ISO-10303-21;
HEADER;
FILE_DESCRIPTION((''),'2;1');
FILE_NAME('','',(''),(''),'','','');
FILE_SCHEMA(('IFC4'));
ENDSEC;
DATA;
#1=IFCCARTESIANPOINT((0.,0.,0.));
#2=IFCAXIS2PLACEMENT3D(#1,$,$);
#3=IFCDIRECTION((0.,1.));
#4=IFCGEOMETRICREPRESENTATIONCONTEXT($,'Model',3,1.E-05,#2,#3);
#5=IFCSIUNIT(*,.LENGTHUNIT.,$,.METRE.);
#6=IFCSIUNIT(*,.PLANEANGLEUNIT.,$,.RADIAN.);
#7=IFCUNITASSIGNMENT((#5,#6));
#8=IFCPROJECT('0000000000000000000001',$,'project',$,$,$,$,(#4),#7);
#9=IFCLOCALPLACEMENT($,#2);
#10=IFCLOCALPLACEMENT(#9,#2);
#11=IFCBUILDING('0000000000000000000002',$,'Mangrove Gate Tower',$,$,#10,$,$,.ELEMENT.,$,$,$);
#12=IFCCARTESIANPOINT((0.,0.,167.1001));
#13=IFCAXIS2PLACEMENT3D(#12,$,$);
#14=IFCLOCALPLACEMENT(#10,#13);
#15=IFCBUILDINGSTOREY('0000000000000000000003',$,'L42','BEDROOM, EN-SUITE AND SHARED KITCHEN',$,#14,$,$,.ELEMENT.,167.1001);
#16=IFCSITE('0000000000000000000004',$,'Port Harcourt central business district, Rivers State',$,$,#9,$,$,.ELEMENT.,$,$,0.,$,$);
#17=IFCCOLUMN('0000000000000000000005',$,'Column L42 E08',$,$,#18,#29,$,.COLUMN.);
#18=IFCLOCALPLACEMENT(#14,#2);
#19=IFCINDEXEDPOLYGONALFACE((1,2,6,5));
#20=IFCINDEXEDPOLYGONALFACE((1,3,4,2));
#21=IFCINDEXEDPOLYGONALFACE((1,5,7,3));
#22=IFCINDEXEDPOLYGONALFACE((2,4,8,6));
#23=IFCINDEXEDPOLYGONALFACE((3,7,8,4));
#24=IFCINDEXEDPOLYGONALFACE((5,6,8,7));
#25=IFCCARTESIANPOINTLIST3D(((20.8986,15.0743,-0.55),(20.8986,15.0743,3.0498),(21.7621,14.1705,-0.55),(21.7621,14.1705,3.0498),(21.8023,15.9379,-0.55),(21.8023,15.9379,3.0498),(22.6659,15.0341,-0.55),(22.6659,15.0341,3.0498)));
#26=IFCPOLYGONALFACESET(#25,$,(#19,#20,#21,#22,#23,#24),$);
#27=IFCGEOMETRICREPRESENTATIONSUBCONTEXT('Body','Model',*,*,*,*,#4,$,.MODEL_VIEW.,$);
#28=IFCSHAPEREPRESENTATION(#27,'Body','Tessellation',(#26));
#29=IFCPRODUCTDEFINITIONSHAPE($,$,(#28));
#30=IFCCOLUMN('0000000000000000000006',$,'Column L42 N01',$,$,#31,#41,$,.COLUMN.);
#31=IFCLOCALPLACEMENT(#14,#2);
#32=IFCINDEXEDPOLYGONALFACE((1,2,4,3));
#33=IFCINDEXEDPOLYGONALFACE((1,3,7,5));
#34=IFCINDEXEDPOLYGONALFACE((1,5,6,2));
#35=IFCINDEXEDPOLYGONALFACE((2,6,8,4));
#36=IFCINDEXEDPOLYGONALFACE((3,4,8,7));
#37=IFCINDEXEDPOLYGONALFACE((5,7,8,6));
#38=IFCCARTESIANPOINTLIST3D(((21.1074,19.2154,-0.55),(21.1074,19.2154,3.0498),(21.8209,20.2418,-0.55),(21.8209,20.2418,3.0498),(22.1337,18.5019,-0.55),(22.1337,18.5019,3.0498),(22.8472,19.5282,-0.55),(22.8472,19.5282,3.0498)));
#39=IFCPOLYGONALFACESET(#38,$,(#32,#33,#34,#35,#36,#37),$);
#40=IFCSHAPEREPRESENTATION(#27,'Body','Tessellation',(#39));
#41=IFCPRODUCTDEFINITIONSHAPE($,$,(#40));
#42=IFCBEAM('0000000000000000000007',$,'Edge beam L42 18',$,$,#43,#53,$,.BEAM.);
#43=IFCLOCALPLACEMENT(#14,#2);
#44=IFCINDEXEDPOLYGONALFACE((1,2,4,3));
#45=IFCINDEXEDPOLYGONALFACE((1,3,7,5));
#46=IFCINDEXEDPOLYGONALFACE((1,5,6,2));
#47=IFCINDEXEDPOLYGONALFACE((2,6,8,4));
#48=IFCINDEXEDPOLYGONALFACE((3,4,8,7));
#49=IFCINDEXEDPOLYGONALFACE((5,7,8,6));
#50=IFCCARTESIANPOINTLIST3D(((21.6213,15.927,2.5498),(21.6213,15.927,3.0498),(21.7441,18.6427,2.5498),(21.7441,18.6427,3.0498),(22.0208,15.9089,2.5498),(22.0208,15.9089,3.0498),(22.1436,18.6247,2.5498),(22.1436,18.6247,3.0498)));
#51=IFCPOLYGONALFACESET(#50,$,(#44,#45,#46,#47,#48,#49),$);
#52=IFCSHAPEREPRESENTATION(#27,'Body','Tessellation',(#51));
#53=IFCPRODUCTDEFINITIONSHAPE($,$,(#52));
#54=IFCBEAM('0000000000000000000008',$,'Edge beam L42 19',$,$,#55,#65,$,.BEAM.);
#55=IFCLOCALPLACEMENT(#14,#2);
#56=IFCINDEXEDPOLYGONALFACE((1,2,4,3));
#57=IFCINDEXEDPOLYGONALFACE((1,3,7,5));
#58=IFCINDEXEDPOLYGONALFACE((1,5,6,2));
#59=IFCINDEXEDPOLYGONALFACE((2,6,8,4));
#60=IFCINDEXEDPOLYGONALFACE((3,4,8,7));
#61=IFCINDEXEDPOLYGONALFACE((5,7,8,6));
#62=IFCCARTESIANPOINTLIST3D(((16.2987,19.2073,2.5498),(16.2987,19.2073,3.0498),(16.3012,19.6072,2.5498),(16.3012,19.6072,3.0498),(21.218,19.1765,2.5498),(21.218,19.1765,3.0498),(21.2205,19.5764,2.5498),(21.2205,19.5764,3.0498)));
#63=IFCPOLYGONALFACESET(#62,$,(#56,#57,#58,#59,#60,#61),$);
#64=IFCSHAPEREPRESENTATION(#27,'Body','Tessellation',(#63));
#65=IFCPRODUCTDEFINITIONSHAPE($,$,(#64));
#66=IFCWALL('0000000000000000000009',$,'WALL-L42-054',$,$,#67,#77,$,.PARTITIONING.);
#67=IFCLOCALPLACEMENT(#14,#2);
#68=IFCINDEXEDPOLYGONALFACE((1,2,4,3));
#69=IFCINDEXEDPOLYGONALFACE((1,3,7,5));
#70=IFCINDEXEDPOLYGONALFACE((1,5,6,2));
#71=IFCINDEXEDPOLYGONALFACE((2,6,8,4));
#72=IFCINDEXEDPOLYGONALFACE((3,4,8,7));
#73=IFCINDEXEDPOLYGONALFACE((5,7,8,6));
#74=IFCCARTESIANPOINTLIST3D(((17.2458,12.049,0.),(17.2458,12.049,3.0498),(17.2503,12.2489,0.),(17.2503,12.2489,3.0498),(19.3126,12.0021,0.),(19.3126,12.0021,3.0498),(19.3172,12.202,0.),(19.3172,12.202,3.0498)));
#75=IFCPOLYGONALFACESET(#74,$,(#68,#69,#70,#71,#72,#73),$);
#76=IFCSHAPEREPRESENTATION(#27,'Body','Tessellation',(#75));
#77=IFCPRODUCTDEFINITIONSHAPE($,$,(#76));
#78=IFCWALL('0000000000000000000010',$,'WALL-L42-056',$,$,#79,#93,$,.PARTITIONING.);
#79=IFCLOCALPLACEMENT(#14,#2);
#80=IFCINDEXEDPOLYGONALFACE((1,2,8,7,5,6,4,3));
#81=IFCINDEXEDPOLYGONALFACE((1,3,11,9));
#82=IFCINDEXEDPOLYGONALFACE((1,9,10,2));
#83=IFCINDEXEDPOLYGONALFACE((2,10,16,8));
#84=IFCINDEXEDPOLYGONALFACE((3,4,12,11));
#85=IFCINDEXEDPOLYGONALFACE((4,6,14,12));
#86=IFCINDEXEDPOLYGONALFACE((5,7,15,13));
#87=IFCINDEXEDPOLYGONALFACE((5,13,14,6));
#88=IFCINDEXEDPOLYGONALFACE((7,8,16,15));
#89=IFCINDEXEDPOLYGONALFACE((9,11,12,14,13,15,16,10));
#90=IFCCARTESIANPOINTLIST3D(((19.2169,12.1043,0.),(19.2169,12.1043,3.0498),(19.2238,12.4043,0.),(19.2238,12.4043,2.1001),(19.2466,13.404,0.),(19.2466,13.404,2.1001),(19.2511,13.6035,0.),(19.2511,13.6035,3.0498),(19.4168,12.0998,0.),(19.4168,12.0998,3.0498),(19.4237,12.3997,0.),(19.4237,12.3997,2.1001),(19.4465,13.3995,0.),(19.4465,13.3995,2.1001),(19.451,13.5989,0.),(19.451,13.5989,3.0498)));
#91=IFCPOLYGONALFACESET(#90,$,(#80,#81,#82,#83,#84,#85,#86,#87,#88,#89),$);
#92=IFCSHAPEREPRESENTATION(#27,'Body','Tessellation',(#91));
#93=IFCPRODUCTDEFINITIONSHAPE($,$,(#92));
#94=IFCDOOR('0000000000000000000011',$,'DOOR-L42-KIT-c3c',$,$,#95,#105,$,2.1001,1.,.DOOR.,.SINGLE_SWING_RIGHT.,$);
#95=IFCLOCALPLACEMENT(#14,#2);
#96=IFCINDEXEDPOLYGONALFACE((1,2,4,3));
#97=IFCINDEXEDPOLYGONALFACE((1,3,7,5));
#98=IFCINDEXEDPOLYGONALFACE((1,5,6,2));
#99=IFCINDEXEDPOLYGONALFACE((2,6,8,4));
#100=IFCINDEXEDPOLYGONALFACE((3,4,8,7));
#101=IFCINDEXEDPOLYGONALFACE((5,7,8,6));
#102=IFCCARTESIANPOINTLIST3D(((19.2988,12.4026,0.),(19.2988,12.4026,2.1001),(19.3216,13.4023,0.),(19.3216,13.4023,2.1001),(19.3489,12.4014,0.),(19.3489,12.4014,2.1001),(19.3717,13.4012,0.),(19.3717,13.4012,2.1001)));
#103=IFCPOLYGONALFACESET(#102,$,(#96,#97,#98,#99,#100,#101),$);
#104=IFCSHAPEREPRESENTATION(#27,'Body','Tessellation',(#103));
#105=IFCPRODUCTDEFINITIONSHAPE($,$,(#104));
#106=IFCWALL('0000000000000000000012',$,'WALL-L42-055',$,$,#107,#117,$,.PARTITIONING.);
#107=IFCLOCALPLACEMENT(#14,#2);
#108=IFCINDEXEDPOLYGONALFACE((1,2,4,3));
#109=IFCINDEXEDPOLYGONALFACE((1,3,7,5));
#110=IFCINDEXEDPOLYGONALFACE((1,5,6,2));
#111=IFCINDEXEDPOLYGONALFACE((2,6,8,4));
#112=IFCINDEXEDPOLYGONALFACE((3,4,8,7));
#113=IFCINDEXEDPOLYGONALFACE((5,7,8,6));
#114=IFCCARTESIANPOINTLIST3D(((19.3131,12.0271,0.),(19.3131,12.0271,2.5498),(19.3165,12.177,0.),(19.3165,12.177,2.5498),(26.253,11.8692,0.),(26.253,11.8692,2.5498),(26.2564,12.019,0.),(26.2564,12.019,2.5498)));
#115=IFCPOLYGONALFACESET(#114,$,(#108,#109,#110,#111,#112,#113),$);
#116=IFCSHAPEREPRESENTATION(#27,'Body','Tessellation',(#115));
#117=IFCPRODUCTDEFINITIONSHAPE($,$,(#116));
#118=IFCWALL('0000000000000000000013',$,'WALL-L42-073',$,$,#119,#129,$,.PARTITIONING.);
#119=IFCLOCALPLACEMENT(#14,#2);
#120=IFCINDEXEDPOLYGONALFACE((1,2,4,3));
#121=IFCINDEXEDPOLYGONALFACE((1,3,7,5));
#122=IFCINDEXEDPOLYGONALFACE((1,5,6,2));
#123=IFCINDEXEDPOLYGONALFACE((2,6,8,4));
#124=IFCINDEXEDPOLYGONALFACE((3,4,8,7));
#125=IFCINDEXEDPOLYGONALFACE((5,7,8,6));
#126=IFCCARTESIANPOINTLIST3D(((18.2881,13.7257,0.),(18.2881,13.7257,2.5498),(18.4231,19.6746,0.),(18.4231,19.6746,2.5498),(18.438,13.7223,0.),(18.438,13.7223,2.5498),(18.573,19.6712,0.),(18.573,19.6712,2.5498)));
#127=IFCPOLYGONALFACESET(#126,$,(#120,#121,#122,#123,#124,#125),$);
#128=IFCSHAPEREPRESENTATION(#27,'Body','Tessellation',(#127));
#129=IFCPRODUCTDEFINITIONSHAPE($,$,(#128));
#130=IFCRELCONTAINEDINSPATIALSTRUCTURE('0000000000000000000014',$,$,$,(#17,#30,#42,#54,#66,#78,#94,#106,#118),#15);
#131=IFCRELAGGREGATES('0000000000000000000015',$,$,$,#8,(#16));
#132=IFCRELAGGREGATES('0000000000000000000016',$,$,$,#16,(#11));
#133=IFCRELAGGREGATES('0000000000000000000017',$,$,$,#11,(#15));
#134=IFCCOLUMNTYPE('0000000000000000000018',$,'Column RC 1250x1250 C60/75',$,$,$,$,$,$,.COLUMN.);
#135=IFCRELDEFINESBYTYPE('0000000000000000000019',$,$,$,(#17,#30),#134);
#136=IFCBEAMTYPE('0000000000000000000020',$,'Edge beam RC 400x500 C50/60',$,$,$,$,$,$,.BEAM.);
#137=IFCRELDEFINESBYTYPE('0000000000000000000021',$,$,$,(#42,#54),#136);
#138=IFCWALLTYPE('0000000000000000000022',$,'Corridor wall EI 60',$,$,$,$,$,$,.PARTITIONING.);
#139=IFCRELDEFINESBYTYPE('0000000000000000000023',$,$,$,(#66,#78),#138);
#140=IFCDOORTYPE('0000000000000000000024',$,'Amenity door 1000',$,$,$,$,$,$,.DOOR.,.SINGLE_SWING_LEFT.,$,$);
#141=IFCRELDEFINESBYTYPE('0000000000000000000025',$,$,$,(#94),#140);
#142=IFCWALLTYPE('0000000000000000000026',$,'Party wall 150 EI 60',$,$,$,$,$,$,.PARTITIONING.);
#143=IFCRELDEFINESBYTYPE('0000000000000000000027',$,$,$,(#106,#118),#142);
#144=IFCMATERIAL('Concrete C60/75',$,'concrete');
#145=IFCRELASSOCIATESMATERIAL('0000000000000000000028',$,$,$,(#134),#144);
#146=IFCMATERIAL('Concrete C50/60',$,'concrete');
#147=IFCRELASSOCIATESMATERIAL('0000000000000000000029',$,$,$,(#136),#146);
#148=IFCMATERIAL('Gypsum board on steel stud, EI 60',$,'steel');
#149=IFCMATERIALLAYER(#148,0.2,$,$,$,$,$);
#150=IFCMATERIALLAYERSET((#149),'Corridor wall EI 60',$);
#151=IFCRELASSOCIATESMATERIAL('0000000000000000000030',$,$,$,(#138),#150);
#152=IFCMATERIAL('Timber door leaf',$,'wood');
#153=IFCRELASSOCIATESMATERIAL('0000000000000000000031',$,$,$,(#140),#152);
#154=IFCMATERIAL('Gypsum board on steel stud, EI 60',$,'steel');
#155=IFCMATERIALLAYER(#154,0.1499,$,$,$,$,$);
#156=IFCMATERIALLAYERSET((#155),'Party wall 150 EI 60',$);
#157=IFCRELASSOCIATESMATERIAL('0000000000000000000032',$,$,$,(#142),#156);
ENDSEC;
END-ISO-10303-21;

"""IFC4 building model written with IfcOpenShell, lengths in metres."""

from ifc_helpers import new_model, si_unit, direction, frame, frame_2d, origin, origin_2d, place, context, subcontext, project, spatial, rectangle, extrude, material, layer, layer_set, material_profile, profile_set, type_object, element, fill, save


model = new_model("IFC4")

# Units and contexts
model_context = context("Model", 3, precision=1e-05, world=origin(), true_north=direction((0.0, 1.0)))
body_context = subcontext(model_context, "Body", "Model", "MODEL_VIEW")
ifc_project = project(units=[si_unit("LENGTHUNIT", "METRE"), si_unit("PLANEANGLEUNIT", "RADIAN")], contexts=[model_context])

# Site, building, storey
site_placement = place(None, origin())
site = spatial("IfcSite", under=ifc_project, at=site_placement, Name="Port Harcourt central business district, Rivers State", CompositionType="ELEMENT", RefElevation=0.0)
building_placement = place(site_placement, origin())
building = spatial("IfcBuilding", under=site, at=building_placement, Name="Mangrove Gate Tower", CompositionType="ELEMENT")
storey_placement = place(building_placement, frame((0.0, 0.0, 167.1001)))
storey = spatial("IfcBuildingStorey", under=building, at=storey_placement, Name="L42", Description="BEDROOM, EN-SUITE AND SHARED KITCHEN", CompositionType="ELEMENT", Elevation=167.1001)

# Columns
ifc_material_1 = material(Name="Concrete C60/75", Category="concrete")
ifc_material_profile_1 = material_profile(ifc_material_1, rectangle(XDim=1.25, YDim=1.25, at=origin_2d()))
ifc_profile_set_1 = profile_set([ifc_material_profile_1], Name="Concrete C60/75")
column_type = type_object("IfcColumnType", Name="Column RC 1250x1250 C60/75", PredefinedType="COLUMN", material=ifc_profile_set_1)
for number, where, z_axis, x_axis, name in (
    (1, (21.7822, 15.0542, -0.55), (0.0, 0.0, 1.0), (-0.690854, 0.722994, 0.0), "Column L42 E08"),
    (2, (21.9773, 19.3718, -0.55), (0.0, 0.0, 1.0), (-0.821084, 0.570807, 0.0), "Column L42 N01"),
):
    element("IfcColumn", number, at=place(storey_placement, frame(where, z_axis=z_axis, x_axis=x_axis)), inside=storey, type_object=column_type, Name=name, PredefinedType="COLUMN", context=body_context, shape_type="SweptSolid", body=[
        extrude(rectangle(XDim=1.25, YDim=1.25, at=origin_2d()), origin(), (0.0, 0.0, 1.0), 3.5999),
    ])

# Beams
ifc_material_2 = material(Name="Concrete C50/60", Category="concrete")
ifc_material_profile_2 = material_profile(ifc_material_2, rectangle(XDim=0.3999, YDim=0.5, at=origin_2d()))
ifc_profile_set_2 = profile_set([ifc_material_profile_2], Name="Concrete C50/60")
beam_type = type_object("IfcBeamType", Name="Edge beam RC 400x500 C50/60", PredefinedType="BEAM", material=ifc_profile_set_2)
beam_1_placement = place(storey_placement, frame((21.821, 15.918, 2.7998), z_axis=(0.045171, 0.998979, 0.0), x_axis=(-0.998979, 0.045171, 0.0)))
element("IfcBeam", 3, at=beam_1_placement, inside=storey, type_object=beam_type, Name="Edge beam L42 18", PredefinedType="BEAM", context=body_context, shape_type="SweptSolid", body=[
    extrude(rectangle(XDim=0.3999, YDim=0.5, at=origin_2d()), origin(), (0.0, 0.0, 1.0), 2.7185),
])
beam_2_placement = place(storey_placement, frame((21.2192, 19.3765, 2.7998), z_axis=(-0.99998, 0.006253, 0.0), x_axis=(-0.006253, -0.99998, 0.0)))
element("IfcBeam", 4, at=beam_2_placement, inside=storey, type_object=beam_type, Name="Edge beam L42 19", PredefinedType="BEAM", context=body_context, shape_type="SweptSolid", body=[
    extrude(rectangle(XDim=0.3999, YDim=0.5, at=origin_2d()), origin(), (0.0, 0.0, 1.0), 4.9194),
])

# Wall
ifc_material_3 = material(Name="Gypsum board on steel stud, EI 60", Category="steel")
ifc_layer_1 = layer(ifc_material_3, 0.2)
ifc_layer_set_1 = layer_set([ifc_layer_1], Name="Corridor wall EI 60")
wall_type_1 = type_object("IfcWallType", Name="Corridor wall EI 60", PredefinedType="PARTITIONING", material=ifc_layer_set_1)
wall_1_placement = place(storey_placement, frame((17.248, 12.1489, 0.0), z_axis=(0.0, 0.0, 1.0), x_axis=(0.999743, -0.022673, 0.0)))
element("IfcWall", 5, at=wall_1_placement, inside=storey, type_object=wall_type_1, Name="WALL-L42-054", PredefinedType="PARTITIONING", context=body_context, shape_type="SweptSolid", body=[
    extrude(rectangle(XDim=2.0674, YDim=0.2, at=frame_2d((1.0337, 0.0))), origin(), (0.0, 0.0, 1.0), 3.0498),
])

# Wall, opening, door
wall_2_placement = place(storey_placement, frame((19.3169, 12.1021, 0.0), z_axis=(0.0, 0.0, 1.0), x_axis=(0.022795, 0.99974, 0.0)))
wall_2 = element("IfcWall", 6, at=wall_2_placement, inside=storey, type_object=wall_type_1, Name="WALL-L42-056", PredefinedType="PARTITIONING", context=body_context, shape_type="SweptSolid", body=[
    extrude(rectangle(XDim=1.4995, YDim=0.2, at=frame_2d((0.7498, 0.0))), origin(), (0.0, 0.0, 1.0), 3.0498),
])
opening_placement = place(wall_2_placement, frame((0.3, 0.0, 0.0)))
opening = element("IfcOpeningElement", 7, at=opening_placement, cuts=wall_2, PredefinedType="OPENING", context=body_context, shape_type="SweptSolid", body=[
    extrude(rectangle(XDim=1.0, YDim=2.1001, at=frame_2d((0.5, 1.05))), frame((0.0, 0.1099, 0.0), z_axis=(0.0, -1.0, 0.0), x_axis=(1.0, 0.0, 0.0)), (0.0, 0.0, 1.0), 0.22),
])
ifc_material_4 = material(Name="Timber door leaf", Category="wood")
door_type = type_object("IfcDoorType", Name="Amenity door 1000", OperationType="SINGLE_SWING_LEFT", PredefinedType="DOOR", material=ifc_material_4)
door_placement = place(opening_placement, origin())
door = element("IfcDoor", 8, at=door_placement, inside=storey, type_object=door_type, Name="DOOR-L42-KIT-c3c", OperationType="SINGLE_SWING_RIGHT", OverallHeight=2.1001, OverallWidth=1.0, PredefinedType="DOOR", context=body_context, shape_type="SweptSolid", body=[
    extrude(rectangle(XDim=1.0, YDim=2.1001, at=frame_2d((0.5, 1.05))), frame((0.0, 0.0249, 0.0), z_axis=(0.0, -1.0, 0.0), x_axis=(1.0, 0.0, 0.0)), (0.0, 0.0, 1.0), 0.05),
])
fill(opening, door)

# Walls
ifc_material_5 = material(Name="Gypsum board on steel stud, EI 60", Category="steel")
ifc_layer_2 = layer(ifc_material_5, 0.1499)
ifc_layer_set_2 = layer_set([ifc_layer_2], Name="Party wall 150 EI 60")
wall_type_2 = type_object("IfcWallType", Name="Party wall 150 EI 60", PredefinedType="PARTITIONING", material=ifc_layer_set_2)
wall_3_placement = place(storey_placement, frame((19.3149, 12.1021, 0.0), z_axis=(0.0, 0.0, 1.0), x_axis=(0.999741, -0.022755, 0.0)))
element("IfcWall", 9, at=wall_3_placement, inside=storey, type_object=wall_type_2, Name="WALL-L42-055", PredefinedType="PARTITIONING", context=body_context, shape_type="SweptSolid", body=[
    extrude(rectangle(XDim=6.9417, YDim=0.1499, at=frame_2d((3.4707, 0.0))), origin(), (0.0, 0.0, 1.0), 2.5498),
])
wall_4_placement = place(storey_placement, frame((18.363, 13.7241, 0.0), z_axis=(0.0, 0.0, 1.0), x_axis=(0.022689, 0.999743, 0.0)))
element("IfcWall", 10, at=wall_4_placement, inside=storey, type_object=wall_type_2, Name="WALL-L42-073", PredefinedType="PARTITIONING", context=body_context, shape_type="SweptSolid", body=[
    extrude(rectangle(XDim=5.9504, YDim=0.1499, at=frame_2d((2.9751, 0.0))), origin(), (0.0, 0.0, 1.0), 2.5498),
])

save(model, "model.ifc")
